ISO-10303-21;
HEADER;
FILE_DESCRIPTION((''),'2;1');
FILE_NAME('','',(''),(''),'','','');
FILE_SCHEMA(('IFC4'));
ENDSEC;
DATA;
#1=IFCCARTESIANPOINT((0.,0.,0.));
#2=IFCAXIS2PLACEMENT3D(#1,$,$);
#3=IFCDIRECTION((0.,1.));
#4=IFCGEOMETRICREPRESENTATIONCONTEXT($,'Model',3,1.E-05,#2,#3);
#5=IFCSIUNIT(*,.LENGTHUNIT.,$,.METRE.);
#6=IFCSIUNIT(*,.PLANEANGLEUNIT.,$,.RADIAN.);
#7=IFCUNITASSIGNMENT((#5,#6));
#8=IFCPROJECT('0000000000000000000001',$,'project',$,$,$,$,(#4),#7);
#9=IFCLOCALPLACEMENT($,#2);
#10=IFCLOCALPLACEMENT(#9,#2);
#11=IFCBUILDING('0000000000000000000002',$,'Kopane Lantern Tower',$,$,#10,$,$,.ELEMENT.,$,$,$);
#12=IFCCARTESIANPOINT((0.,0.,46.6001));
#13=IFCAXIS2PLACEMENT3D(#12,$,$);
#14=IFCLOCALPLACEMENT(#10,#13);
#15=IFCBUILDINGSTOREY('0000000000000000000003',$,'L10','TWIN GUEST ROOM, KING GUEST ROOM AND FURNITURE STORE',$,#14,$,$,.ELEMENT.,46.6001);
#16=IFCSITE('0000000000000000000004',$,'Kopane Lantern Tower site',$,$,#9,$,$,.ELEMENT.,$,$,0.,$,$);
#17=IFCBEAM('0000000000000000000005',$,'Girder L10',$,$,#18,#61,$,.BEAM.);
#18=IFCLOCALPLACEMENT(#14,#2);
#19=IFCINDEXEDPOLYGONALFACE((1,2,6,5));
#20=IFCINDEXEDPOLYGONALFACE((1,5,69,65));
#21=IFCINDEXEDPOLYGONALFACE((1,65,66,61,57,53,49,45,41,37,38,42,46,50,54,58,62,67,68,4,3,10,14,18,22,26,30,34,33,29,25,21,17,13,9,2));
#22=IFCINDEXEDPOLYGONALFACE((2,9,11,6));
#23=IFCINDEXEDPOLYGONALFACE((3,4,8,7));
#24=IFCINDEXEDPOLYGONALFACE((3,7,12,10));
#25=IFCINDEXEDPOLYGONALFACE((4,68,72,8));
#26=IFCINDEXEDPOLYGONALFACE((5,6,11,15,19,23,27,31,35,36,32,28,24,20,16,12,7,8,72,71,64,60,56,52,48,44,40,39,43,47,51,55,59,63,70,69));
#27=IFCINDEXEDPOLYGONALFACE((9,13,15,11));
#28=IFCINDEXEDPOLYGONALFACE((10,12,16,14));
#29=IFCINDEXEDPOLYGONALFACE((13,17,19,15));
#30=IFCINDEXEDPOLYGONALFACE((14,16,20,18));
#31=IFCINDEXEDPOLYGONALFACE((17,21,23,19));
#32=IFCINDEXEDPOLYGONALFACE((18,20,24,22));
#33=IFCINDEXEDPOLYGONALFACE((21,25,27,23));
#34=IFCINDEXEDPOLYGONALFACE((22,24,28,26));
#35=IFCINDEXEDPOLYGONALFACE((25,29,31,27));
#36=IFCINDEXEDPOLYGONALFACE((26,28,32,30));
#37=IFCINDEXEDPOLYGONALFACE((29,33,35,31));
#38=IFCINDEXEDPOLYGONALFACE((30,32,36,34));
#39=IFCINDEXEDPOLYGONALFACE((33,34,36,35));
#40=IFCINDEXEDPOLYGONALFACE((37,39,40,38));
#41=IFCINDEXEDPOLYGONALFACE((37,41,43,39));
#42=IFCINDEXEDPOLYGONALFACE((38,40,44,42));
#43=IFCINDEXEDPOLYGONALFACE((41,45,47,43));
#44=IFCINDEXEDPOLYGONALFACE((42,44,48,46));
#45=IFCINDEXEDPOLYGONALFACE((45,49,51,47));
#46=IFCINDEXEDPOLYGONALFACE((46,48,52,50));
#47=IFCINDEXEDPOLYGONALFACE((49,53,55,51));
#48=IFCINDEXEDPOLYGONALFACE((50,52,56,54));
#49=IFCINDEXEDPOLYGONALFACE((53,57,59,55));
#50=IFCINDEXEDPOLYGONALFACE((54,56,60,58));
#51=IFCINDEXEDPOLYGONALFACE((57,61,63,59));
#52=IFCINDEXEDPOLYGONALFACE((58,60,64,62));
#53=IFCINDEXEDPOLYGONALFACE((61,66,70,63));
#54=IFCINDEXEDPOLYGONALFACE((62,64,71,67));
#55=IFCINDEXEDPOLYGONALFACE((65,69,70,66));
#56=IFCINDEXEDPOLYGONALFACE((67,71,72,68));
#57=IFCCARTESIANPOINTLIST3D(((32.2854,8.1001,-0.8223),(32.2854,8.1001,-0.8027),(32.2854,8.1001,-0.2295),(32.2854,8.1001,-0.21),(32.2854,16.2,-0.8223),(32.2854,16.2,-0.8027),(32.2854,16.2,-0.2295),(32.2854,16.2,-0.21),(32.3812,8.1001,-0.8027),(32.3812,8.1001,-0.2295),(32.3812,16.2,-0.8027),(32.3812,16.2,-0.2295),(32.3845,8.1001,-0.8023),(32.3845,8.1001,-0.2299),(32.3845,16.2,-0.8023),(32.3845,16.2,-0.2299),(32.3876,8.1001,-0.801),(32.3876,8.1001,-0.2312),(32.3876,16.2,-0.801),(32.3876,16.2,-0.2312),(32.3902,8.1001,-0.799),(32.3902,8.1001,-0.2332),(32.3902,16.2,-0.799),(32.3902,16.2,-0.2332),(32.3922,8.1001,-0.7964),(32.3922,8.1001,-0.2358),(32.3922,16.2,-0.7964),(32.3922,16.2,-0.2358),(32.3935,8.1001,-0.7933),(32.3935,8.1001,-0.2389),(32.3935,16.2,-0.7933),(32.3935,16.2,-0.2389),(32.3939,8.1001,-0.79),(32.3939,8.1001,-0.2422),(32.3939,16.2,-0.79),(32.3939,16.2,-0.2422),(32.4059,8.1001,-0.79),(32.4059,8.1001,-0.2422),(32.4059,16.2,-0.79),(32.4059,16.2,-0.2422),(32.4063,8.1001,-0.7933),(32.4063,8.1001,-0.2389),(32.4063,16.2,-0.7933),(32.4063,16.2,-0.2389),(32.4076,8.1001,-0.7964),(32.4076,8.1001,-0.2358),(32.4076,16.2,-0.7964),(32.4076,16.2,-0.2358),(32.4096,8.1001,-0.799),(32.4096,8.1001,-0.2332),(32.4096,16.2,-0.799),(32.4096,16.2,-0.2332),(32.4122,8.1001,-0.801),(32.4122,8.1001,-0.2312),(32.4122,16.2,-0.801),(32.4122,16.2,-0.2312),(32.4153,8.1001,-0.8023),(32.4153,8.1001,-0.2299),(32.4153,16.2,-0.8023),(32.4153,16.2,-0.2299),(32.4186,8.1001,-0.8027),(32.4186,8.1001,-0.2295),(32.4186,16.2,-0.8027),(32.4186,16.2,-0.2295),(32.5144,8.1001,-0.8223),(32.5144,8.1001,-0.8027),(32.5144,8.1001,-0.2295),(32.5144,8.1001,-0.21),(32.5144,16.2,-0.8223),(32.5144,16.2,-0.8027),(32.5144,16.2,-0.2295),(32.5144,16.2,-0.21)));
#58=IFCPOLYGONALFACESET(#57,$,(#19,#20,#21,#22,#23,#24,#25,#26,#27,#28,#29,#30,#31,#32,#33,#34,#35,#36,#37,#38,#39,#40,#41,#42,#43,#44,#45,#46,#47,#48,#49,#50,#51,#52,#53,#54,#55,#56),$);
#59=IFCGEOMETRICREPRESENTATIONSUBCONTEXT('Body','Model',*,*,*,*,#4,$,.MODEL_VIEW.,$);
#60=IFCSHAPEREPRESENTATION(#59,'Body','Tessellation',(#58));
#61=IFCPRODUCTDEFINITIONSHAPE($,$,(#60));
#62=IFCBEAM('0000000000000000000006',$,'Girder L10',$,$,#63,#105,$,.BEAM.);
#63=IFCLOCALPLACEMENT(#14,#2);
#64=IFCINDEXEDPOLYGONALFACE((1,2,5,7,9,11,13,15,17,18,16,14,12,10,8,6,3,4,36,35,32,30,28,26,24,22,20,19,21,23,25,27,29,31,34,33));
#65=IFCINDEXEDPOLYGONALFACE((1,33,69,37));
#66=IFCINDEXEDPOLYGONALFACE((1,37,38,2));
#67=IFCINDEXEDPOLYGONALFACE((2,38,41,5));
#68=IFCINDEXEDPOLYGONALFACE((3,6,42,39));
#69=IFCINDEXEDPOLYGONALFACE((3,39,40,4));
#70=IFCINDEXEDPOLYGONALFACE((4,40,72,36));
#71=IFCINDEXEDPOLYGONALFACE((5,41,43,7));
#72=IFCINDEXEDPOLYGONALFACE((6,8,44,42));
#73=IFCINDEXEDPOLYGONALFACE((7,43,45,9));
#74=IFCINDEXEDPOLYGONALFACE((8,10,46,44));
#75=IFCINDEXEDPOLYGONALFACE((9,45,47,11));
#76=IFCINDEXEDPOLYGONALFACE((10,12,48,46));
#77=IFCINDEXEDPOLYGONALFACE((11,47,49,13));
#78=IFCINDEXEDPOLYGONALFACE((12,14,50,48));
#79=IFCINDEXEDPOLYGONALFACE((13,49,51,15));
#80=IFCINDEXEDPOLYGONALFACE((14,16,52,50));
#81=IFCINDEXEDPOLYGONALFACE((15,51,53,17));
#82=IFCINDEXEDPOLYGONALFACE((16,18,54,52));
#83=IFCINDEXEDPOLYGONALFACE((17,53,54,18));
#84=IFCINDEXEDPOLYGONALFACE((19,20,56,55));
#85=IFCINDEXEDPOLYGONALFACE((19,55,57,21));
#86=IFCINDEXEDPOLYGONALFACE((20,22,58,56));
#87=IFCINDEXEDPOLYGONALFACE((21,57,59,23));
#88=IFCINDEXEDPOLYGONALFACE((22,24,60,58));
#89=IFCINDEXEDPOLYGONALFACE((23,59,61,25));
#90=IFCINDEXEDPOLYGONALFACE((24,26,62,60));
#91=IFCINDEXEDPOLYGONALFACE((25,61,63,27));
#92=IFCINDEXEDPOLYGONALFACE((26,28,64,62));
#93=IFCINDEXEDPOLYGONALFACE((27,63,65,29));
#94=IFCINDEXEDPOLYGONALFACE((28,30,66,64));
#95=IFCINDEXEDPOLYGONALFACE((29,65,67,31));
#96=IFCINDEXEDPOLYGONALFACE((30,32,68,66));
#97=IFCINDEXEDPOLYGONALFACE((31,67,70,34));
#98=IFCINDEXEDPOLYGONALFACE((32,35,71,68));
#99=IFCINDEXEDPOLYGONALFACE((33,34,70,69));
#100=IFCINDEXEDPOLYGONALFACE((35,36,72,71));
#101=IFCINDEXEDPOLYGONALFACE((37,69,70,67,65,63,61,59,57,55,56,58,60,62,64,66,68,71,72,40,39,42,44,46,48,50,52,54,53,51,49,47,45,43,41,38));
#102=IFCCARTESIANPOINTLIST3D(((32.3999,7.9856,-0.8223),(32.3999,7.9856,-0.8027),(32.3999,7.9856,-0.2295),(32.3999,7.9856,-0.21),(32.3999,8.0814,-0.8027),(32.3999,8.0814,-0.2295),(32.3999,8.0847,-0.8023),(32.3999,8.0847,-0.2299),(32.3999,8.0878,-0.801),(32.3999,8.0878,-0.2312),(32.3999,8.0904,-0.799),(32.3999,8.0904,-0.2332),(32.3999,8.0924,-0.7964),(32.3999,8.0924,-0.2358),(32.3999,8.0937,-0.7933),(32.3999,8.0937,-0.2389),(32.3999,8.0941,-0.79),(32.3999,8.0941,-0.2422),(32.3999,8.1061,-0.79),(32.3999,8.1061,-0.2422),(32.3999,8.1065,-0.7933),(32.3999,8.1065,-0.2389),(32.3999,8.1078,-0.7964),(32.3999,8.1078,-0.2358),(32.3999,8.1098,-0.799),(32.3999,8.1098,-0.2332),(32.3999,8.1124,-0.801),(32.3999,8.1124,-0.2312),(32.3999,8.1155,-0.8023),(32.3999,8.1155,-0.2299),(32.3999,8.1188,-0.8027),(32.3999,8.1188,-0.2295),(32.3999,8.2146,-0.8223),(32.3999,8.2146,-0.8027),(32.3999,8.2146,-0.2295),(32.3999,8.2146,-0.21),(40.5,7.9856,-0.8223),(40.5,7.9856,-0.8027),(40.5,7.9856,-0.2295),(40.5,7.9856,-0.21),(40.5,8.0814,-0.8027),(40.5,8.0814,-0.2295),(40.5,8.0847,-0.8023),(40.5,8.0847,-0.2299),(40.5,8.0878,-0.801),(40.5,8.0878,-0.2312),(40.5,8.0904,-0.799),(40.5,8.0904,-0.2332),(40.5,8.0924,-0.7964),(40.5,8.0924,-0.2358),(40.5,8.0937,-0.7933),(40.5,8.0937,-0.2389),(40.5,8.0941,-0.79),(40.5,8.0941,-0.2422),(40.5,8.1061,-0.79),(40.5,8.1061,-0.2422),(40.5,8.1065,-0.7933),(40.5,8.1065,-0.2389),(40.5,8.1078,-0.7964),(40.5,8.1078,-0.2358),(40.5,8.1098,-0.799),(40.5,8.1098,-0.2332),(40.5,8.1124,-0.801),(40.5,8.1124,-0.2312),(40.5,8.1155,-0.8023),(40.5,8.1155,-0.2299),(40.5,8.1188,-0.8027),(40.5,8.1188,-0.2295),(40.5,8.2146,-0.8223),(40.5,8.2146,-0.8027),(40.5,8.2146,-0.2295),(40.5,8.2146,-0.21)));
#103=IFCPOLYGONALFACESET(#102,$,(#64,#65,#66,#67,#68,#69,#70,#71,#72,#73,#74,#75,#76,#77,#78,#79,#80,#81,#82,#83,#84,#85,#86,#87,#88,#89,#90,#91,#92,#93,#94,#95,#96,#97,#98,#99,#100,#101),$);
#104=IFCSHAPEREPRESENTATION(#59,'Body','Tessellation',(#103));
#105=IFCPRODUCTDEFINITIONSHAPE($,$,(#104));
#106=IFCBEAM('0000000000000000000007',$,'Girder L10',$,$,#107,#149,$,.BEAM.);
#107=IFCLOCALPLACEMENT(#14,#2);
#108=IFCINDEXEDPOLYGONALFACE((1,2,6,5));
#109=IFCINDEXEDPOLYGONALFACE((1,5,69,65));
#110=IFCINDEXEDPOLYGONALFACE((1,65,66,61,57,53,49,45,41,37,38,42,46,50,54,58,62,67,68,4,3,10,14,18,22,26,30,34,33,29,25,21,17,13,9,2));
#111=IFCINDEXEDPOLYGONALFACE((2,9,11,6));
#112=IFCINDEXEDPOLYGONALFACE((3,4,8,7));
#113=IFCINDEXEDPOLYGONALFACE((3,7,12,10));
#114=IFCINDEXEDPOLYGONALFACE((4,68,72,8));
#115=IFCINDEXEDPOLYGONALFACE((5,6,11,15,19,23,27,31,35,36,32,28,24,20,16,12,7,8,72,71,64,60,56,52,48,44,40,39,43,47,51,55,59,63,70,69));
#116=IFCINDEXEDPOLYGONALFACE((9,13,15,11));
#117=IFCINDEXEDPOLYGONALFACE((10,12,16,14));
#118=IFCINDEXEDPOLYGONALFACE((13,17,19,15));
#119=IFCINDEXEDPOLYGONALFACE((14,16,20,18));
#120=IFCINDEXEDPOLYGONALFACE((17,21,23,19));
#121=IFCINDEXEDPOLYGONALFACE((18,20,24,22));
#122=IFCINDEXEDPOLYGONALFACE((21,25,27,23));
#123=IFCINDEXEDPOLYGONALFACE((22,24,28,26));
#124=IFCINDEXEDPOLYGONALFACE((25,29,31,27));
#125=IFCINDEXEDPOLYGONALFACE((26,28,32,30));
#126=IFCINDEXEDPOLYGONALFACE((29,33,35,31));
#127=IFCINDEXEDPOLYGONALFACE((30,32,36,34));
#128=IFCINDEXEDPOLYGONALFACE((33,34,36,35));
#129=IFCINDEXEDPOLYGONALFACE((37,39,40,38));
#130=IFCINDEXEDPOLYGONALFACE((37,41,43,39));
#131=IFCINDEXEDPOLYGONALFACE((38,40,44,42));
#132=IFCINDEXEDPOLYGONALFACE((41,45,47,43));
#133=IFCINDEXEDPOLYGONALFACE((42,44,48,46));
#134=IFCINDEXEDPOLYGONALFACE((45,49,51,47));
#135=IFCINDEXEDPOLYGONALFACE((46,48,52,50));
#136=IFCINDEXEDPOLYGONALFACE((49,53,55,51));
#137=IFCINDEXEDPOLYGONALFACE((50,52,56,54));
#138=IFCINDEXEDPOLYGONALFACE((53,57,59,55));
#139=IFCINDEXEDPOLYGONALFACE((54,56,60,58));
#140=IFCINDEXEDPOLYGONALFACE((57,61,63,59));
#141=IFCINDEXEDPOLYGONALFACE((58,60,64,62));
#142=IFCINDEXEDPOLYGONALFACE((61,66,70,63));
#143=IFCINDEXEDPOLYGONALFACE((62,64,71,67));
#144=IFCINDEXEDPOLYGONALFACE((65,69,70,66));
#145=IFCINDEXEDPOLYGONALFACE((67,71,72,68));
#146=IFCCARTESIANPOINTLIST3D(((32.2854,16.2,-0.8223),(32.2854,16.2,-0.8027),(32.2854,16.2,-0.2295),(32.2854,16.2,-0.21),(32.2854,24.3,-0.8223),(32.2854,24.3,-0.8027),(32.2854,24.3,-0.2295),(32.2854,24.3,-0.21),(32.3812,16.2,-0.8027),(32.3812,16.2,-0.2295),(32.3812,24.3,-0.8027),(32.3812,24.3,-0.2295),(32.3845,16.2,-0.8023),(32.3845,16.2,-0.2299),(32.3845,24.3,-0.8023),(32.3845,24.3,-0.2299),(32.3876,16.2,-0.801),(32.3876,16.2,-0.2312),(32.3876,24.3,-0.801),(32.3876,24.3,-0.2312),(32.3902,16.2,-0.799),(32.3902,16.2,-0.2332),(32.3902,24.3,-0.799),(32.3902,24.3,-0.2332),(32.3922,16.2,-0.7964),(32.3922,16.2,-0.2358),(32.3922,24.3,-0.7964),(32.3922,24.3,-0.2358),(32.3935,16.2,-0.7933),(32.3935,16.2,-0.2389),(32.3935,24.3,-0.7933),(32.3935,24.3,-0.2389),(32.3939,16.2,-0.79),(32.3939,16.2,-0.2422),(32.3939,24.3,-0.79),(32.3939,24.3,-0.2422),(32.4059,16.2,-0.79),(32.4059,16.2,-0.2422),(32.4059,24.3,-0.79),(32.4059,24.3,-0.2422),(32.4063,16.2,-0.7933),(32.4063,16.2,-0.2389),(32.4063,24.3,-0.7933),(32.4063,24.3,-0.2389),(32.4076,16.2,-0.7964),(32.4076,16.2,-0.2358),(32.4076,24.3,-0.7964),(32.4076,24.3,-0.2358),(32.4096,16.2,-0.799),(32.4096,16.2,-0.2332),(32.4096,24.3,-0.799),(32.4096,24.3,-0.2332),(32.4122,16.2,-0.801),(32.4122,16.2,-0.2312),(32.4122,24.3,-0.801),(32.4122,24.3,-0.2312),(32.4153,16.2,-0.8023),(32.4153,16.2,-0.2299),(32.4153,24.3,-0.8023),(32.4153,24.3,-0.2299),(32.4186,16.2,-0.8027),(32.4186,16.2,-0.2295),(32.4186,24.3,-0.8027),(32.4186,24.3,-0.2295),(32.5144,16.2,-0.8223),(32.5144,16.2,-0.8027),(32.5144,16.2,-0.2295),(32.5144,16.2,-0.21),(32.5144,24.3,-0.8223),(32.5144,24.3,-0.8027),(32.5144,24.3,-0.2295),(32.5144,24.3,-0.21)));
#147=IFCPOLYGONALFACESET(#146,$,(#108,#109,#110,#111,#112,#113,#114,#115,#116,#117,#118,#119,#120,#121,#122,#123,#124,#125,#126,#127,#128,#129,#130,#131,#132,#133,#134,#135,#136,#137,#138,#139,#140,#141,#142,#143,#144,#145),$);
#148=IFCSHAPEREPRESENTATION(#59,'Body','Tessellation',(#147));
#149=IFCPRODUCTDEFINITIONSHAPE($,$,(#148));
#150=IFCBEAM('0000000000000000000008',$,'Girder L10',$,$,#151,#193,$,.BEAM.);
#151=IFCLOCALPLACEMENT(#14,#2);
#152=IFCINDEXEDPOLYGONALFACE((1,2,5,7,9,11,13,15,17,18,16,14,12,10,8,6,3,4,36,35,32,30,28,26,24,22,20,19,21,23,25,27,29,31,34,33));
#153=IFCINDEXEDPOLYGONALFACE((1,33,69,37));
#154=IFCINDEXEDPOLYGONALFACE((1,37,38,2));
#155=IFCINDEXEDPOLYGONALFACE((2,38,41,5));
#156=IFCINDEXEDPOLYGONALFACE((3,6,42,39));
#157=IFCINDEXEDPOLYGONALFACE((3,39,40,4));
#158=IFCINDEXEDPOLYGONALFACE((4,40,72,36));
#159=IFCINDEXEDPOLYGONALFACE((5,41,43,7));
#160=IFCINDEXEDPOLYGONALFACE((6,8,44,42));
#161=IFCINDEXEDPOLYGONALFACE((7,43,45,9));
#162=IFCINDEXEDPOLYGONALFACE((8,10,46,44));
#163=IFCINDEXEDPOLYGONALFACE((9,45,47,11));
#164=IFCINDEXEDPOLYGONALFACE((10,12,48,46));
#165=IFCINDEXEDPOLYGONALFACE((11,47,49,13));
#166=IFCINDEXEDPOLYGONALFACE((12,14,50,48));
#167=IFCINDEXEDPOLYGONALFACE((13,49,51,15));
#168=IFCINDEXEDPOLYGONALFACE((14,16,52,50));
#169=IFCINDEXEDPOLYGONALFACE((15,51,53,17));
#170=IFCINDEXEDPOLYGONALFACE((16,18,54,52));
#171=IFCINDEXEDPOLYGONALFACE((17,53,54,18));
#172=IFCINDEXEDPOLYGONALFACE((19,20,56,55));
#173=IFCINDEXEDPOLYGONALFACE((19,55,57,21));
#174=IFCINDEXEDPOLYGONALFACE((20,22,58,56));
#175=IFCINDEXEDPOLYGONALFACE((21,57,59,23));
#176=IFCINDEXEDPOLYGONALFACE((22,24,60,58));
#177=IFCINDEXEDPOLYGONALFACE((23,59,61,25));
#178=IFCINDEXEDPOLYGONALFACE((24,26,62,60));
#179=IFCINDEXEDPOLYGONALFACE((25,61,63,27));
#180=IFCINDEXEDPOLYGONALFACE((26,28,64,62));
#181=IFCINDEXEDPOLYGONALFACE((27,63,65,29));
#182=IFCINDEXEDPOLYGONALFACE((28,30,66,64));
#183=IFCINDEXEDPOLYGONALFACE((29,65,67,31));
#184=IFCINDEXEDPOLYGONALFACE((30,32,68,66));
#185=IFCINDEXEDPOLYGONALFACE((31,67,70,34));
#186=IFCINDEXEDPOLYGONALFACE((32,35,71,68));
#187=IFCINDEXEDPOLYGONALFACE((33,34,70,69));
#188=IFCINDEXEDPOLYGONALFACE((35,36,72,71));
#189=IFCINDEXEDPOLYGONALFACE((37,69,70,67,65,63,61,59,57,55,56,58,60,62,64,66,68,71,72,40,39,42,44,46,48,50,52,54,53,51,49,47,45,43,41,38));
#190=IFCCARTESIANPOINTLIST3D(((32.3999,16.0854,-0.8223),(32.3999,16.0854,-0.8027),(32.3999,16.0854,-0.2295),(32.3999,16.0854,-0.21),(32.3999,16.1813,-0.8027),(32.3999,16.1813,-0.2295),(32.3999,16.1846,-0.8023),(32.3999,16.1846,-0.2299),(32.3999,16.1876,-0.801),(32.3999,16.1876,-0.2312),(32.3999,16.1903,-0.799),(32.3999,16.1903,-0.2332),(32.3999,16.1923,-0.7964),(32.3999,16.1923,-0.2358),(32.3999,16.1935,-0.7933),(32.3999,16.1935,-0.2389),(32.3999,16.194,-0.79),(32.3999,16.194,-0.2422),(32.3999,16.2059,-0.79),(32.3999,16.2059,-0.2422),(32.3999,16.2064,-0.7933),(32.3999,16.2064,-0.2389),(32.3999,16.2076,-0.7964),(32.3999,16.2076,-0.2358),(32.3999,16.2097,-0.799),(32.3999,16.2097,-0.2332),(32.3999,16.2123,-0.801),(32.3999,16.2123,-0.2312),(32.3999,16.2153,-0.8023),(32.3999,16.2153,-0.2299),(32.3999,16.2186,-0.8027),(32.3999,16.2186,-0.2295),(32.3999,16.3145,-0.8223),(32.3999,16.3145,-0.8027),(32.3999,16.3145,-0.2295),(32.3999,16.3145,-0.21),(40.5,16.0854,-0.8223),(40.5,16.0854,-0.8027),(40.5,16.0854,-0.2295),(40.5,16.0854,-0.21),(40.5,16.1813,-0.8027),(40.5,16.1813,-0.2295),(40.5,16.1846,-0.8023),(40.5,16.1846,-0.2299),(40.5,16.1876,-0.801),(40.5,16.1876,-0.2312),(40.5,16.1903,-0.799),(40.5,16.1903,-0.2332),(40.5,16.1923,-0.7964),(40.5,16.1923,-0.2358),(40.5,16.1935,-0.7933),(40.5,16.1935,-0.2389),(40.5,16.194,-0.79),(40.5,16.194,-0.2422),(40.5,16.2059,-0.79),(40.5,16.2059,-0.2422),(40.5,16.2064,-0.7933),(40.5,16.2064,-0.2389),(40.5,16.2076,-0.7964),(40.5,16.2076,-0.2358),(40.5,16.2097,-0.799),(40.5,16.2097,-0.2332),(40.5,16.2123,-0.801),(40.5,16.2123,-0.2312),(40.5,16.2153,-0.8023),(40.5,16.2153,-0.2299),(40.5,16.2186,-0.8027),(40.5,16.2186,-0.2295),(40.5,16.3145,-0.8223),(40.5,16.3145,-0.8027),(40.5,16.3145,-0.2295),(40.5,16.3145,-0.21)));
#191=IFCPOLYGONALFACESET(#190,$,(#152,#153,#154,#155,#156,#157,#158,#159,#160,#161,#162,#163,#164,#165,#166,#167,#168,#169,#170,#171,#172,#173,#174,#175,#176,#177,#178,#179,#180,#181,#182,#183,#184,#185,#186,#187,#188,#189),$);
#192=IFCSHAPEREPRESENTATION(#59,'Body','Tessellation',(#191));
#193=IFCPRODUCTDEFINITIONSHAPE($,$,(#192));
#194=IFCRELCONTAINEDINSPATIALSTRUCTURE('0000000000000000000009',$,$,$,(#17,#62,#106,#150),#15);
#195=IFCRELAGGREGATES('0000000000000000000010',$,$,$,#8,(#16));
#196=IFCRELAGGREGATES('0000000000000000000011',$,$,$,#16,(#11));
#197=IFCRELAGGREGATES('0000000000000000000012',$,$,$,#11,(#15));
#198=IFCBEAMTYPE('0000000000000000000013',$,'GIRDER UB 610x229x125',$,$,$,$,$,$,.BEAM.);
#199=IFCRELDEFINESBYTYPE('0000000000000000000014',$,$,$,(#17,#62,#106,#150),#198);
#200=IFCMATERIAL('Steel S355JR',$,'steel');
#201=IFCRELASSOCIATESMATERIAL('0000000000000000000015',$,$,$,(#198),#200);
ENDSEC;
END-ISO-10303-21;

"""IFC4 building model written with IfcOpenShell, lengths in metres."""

from ifc_helpers import new_model, si_unit, direction, frame, origin, origin_2d, place, context, subcontext, project, spatial, i_section, extrude, material, material_profile, profile_set, type_object, element, save


model = new_model("IFC4")

# Units and contexts
model_context = context("Model", 3, precision=1e-05, world=origin(), true_north=direction((0.0, 1.0)))
body_context = subcontext(model_context, "Body", "Model", "MODEL_VIEW")
ifc_project = project(units=[si_unit("LENGTHUNIT", "METRE"), si_unit("PLANEANGLEUNIT", "RADIAN")], contexts=[model_context])

# Site, building, storey
site_placement = place(None, origin())
site = spatial("IfcSite", under=ifc_project, at=site_placement, Name="Kopane Lantern Tower site", CompositionType="ELEMENT", RefElevation=0.0)
building_placement = place(site_placement, origin())
building = spatial("IfcBuilding", under=site, at=building_placement, Name="Kopane Lantern Tower", CompositionType="ELEMENT")
storey_placement = place(building_placement, frame((0.0, 0.0, 46.6001)))
storey = spatial("IfcBuildingStorey", under=building, at=storey_placement, Name="L10", Description="TWIN GUEST ROOM, KING GUEST ROOM AND FURNITURE STORE", CompositionType="ELEMENT", Elevation=46.6001)

# Beams
ifc_material_1 = material(Name="Steel S355JR", Category="steel")
ifc_material_profile_1 = material_profile(ifc_material_1, i_section(OverallWidth=0.229, OverallDepth=0.6123, WebThickness=0.012, FlangeThickness=0.0195, FilletRadius=0.0127, at=origin_2d()), Name="UB 610x229x125")
ifc_profile_set_1 = profile_set([ifc_material_profile_1], Name="Steel S355JR")
beam_type = type_object("IfcBeamType", Name="GIRDER UB 610x229x125", PredefinedType="BEAM", material=ifc_profile_set_1)
beam_1_placement = place(storey_placement, frame((32.3999, 8.1001, -0.5161), z_axis=(0.0, 1.0, 0.0), x_axis=(-1.0, 0.0, 0.0)))
element("IfcBeam", 1, at=beam_1_placement, inside=storey, type_object=beam_type, Name="Girder L10", PredefinedType="BEAM", context=body_context, shape_type="SweptSolid", body=[
    extrude(i_section(OverallWidth=0.229, OverallDepth=0.6123, WebThickness=0.012, FlangeThickness=0.0195, FilletRadius=0.0127, at=origin_2d()), origin(), (0.0, 0.0, 1.0), 8.0999),
])
for number, where, z_axis, x_axis, name in (
    (2, (32.3999, 8.1001, -0.5161), (1.0, 0.0, 0.0), (0.0, 1.0, 0.0), "Girder L10"),
    (3, (32.3999, 16.2, -0.5161), (0.0, 1.0, 0.0), (-1.0, 0.0, 0.0), "Girder L10"),
    (4, (32.3999, 16.2, -0.5161), (1.0, 0.0, 0.0), (0.0, 1.0, 0.0), "Girder L10"),
):
    element("IfcBeam", number, at=place(storey_placement, frame(where, z_axis=z_axis, x_axis=x_axis)), inside=storey, type_object=beam_type, Name=name, PredefinedType="BEAM", context=body_context, shape_type="SweptSolid", body=[
        extrude(i_section(OverallWidth=0.229, OverallDepth=0.6123, WebThickness=0.012, FlangeThickness=0.0195, FilletRadius=0.0127, at=origin_2d()), origin(), (0.0, 0.0, 1.0), 8.1001),
    ])

save(model, "model.ifc")
